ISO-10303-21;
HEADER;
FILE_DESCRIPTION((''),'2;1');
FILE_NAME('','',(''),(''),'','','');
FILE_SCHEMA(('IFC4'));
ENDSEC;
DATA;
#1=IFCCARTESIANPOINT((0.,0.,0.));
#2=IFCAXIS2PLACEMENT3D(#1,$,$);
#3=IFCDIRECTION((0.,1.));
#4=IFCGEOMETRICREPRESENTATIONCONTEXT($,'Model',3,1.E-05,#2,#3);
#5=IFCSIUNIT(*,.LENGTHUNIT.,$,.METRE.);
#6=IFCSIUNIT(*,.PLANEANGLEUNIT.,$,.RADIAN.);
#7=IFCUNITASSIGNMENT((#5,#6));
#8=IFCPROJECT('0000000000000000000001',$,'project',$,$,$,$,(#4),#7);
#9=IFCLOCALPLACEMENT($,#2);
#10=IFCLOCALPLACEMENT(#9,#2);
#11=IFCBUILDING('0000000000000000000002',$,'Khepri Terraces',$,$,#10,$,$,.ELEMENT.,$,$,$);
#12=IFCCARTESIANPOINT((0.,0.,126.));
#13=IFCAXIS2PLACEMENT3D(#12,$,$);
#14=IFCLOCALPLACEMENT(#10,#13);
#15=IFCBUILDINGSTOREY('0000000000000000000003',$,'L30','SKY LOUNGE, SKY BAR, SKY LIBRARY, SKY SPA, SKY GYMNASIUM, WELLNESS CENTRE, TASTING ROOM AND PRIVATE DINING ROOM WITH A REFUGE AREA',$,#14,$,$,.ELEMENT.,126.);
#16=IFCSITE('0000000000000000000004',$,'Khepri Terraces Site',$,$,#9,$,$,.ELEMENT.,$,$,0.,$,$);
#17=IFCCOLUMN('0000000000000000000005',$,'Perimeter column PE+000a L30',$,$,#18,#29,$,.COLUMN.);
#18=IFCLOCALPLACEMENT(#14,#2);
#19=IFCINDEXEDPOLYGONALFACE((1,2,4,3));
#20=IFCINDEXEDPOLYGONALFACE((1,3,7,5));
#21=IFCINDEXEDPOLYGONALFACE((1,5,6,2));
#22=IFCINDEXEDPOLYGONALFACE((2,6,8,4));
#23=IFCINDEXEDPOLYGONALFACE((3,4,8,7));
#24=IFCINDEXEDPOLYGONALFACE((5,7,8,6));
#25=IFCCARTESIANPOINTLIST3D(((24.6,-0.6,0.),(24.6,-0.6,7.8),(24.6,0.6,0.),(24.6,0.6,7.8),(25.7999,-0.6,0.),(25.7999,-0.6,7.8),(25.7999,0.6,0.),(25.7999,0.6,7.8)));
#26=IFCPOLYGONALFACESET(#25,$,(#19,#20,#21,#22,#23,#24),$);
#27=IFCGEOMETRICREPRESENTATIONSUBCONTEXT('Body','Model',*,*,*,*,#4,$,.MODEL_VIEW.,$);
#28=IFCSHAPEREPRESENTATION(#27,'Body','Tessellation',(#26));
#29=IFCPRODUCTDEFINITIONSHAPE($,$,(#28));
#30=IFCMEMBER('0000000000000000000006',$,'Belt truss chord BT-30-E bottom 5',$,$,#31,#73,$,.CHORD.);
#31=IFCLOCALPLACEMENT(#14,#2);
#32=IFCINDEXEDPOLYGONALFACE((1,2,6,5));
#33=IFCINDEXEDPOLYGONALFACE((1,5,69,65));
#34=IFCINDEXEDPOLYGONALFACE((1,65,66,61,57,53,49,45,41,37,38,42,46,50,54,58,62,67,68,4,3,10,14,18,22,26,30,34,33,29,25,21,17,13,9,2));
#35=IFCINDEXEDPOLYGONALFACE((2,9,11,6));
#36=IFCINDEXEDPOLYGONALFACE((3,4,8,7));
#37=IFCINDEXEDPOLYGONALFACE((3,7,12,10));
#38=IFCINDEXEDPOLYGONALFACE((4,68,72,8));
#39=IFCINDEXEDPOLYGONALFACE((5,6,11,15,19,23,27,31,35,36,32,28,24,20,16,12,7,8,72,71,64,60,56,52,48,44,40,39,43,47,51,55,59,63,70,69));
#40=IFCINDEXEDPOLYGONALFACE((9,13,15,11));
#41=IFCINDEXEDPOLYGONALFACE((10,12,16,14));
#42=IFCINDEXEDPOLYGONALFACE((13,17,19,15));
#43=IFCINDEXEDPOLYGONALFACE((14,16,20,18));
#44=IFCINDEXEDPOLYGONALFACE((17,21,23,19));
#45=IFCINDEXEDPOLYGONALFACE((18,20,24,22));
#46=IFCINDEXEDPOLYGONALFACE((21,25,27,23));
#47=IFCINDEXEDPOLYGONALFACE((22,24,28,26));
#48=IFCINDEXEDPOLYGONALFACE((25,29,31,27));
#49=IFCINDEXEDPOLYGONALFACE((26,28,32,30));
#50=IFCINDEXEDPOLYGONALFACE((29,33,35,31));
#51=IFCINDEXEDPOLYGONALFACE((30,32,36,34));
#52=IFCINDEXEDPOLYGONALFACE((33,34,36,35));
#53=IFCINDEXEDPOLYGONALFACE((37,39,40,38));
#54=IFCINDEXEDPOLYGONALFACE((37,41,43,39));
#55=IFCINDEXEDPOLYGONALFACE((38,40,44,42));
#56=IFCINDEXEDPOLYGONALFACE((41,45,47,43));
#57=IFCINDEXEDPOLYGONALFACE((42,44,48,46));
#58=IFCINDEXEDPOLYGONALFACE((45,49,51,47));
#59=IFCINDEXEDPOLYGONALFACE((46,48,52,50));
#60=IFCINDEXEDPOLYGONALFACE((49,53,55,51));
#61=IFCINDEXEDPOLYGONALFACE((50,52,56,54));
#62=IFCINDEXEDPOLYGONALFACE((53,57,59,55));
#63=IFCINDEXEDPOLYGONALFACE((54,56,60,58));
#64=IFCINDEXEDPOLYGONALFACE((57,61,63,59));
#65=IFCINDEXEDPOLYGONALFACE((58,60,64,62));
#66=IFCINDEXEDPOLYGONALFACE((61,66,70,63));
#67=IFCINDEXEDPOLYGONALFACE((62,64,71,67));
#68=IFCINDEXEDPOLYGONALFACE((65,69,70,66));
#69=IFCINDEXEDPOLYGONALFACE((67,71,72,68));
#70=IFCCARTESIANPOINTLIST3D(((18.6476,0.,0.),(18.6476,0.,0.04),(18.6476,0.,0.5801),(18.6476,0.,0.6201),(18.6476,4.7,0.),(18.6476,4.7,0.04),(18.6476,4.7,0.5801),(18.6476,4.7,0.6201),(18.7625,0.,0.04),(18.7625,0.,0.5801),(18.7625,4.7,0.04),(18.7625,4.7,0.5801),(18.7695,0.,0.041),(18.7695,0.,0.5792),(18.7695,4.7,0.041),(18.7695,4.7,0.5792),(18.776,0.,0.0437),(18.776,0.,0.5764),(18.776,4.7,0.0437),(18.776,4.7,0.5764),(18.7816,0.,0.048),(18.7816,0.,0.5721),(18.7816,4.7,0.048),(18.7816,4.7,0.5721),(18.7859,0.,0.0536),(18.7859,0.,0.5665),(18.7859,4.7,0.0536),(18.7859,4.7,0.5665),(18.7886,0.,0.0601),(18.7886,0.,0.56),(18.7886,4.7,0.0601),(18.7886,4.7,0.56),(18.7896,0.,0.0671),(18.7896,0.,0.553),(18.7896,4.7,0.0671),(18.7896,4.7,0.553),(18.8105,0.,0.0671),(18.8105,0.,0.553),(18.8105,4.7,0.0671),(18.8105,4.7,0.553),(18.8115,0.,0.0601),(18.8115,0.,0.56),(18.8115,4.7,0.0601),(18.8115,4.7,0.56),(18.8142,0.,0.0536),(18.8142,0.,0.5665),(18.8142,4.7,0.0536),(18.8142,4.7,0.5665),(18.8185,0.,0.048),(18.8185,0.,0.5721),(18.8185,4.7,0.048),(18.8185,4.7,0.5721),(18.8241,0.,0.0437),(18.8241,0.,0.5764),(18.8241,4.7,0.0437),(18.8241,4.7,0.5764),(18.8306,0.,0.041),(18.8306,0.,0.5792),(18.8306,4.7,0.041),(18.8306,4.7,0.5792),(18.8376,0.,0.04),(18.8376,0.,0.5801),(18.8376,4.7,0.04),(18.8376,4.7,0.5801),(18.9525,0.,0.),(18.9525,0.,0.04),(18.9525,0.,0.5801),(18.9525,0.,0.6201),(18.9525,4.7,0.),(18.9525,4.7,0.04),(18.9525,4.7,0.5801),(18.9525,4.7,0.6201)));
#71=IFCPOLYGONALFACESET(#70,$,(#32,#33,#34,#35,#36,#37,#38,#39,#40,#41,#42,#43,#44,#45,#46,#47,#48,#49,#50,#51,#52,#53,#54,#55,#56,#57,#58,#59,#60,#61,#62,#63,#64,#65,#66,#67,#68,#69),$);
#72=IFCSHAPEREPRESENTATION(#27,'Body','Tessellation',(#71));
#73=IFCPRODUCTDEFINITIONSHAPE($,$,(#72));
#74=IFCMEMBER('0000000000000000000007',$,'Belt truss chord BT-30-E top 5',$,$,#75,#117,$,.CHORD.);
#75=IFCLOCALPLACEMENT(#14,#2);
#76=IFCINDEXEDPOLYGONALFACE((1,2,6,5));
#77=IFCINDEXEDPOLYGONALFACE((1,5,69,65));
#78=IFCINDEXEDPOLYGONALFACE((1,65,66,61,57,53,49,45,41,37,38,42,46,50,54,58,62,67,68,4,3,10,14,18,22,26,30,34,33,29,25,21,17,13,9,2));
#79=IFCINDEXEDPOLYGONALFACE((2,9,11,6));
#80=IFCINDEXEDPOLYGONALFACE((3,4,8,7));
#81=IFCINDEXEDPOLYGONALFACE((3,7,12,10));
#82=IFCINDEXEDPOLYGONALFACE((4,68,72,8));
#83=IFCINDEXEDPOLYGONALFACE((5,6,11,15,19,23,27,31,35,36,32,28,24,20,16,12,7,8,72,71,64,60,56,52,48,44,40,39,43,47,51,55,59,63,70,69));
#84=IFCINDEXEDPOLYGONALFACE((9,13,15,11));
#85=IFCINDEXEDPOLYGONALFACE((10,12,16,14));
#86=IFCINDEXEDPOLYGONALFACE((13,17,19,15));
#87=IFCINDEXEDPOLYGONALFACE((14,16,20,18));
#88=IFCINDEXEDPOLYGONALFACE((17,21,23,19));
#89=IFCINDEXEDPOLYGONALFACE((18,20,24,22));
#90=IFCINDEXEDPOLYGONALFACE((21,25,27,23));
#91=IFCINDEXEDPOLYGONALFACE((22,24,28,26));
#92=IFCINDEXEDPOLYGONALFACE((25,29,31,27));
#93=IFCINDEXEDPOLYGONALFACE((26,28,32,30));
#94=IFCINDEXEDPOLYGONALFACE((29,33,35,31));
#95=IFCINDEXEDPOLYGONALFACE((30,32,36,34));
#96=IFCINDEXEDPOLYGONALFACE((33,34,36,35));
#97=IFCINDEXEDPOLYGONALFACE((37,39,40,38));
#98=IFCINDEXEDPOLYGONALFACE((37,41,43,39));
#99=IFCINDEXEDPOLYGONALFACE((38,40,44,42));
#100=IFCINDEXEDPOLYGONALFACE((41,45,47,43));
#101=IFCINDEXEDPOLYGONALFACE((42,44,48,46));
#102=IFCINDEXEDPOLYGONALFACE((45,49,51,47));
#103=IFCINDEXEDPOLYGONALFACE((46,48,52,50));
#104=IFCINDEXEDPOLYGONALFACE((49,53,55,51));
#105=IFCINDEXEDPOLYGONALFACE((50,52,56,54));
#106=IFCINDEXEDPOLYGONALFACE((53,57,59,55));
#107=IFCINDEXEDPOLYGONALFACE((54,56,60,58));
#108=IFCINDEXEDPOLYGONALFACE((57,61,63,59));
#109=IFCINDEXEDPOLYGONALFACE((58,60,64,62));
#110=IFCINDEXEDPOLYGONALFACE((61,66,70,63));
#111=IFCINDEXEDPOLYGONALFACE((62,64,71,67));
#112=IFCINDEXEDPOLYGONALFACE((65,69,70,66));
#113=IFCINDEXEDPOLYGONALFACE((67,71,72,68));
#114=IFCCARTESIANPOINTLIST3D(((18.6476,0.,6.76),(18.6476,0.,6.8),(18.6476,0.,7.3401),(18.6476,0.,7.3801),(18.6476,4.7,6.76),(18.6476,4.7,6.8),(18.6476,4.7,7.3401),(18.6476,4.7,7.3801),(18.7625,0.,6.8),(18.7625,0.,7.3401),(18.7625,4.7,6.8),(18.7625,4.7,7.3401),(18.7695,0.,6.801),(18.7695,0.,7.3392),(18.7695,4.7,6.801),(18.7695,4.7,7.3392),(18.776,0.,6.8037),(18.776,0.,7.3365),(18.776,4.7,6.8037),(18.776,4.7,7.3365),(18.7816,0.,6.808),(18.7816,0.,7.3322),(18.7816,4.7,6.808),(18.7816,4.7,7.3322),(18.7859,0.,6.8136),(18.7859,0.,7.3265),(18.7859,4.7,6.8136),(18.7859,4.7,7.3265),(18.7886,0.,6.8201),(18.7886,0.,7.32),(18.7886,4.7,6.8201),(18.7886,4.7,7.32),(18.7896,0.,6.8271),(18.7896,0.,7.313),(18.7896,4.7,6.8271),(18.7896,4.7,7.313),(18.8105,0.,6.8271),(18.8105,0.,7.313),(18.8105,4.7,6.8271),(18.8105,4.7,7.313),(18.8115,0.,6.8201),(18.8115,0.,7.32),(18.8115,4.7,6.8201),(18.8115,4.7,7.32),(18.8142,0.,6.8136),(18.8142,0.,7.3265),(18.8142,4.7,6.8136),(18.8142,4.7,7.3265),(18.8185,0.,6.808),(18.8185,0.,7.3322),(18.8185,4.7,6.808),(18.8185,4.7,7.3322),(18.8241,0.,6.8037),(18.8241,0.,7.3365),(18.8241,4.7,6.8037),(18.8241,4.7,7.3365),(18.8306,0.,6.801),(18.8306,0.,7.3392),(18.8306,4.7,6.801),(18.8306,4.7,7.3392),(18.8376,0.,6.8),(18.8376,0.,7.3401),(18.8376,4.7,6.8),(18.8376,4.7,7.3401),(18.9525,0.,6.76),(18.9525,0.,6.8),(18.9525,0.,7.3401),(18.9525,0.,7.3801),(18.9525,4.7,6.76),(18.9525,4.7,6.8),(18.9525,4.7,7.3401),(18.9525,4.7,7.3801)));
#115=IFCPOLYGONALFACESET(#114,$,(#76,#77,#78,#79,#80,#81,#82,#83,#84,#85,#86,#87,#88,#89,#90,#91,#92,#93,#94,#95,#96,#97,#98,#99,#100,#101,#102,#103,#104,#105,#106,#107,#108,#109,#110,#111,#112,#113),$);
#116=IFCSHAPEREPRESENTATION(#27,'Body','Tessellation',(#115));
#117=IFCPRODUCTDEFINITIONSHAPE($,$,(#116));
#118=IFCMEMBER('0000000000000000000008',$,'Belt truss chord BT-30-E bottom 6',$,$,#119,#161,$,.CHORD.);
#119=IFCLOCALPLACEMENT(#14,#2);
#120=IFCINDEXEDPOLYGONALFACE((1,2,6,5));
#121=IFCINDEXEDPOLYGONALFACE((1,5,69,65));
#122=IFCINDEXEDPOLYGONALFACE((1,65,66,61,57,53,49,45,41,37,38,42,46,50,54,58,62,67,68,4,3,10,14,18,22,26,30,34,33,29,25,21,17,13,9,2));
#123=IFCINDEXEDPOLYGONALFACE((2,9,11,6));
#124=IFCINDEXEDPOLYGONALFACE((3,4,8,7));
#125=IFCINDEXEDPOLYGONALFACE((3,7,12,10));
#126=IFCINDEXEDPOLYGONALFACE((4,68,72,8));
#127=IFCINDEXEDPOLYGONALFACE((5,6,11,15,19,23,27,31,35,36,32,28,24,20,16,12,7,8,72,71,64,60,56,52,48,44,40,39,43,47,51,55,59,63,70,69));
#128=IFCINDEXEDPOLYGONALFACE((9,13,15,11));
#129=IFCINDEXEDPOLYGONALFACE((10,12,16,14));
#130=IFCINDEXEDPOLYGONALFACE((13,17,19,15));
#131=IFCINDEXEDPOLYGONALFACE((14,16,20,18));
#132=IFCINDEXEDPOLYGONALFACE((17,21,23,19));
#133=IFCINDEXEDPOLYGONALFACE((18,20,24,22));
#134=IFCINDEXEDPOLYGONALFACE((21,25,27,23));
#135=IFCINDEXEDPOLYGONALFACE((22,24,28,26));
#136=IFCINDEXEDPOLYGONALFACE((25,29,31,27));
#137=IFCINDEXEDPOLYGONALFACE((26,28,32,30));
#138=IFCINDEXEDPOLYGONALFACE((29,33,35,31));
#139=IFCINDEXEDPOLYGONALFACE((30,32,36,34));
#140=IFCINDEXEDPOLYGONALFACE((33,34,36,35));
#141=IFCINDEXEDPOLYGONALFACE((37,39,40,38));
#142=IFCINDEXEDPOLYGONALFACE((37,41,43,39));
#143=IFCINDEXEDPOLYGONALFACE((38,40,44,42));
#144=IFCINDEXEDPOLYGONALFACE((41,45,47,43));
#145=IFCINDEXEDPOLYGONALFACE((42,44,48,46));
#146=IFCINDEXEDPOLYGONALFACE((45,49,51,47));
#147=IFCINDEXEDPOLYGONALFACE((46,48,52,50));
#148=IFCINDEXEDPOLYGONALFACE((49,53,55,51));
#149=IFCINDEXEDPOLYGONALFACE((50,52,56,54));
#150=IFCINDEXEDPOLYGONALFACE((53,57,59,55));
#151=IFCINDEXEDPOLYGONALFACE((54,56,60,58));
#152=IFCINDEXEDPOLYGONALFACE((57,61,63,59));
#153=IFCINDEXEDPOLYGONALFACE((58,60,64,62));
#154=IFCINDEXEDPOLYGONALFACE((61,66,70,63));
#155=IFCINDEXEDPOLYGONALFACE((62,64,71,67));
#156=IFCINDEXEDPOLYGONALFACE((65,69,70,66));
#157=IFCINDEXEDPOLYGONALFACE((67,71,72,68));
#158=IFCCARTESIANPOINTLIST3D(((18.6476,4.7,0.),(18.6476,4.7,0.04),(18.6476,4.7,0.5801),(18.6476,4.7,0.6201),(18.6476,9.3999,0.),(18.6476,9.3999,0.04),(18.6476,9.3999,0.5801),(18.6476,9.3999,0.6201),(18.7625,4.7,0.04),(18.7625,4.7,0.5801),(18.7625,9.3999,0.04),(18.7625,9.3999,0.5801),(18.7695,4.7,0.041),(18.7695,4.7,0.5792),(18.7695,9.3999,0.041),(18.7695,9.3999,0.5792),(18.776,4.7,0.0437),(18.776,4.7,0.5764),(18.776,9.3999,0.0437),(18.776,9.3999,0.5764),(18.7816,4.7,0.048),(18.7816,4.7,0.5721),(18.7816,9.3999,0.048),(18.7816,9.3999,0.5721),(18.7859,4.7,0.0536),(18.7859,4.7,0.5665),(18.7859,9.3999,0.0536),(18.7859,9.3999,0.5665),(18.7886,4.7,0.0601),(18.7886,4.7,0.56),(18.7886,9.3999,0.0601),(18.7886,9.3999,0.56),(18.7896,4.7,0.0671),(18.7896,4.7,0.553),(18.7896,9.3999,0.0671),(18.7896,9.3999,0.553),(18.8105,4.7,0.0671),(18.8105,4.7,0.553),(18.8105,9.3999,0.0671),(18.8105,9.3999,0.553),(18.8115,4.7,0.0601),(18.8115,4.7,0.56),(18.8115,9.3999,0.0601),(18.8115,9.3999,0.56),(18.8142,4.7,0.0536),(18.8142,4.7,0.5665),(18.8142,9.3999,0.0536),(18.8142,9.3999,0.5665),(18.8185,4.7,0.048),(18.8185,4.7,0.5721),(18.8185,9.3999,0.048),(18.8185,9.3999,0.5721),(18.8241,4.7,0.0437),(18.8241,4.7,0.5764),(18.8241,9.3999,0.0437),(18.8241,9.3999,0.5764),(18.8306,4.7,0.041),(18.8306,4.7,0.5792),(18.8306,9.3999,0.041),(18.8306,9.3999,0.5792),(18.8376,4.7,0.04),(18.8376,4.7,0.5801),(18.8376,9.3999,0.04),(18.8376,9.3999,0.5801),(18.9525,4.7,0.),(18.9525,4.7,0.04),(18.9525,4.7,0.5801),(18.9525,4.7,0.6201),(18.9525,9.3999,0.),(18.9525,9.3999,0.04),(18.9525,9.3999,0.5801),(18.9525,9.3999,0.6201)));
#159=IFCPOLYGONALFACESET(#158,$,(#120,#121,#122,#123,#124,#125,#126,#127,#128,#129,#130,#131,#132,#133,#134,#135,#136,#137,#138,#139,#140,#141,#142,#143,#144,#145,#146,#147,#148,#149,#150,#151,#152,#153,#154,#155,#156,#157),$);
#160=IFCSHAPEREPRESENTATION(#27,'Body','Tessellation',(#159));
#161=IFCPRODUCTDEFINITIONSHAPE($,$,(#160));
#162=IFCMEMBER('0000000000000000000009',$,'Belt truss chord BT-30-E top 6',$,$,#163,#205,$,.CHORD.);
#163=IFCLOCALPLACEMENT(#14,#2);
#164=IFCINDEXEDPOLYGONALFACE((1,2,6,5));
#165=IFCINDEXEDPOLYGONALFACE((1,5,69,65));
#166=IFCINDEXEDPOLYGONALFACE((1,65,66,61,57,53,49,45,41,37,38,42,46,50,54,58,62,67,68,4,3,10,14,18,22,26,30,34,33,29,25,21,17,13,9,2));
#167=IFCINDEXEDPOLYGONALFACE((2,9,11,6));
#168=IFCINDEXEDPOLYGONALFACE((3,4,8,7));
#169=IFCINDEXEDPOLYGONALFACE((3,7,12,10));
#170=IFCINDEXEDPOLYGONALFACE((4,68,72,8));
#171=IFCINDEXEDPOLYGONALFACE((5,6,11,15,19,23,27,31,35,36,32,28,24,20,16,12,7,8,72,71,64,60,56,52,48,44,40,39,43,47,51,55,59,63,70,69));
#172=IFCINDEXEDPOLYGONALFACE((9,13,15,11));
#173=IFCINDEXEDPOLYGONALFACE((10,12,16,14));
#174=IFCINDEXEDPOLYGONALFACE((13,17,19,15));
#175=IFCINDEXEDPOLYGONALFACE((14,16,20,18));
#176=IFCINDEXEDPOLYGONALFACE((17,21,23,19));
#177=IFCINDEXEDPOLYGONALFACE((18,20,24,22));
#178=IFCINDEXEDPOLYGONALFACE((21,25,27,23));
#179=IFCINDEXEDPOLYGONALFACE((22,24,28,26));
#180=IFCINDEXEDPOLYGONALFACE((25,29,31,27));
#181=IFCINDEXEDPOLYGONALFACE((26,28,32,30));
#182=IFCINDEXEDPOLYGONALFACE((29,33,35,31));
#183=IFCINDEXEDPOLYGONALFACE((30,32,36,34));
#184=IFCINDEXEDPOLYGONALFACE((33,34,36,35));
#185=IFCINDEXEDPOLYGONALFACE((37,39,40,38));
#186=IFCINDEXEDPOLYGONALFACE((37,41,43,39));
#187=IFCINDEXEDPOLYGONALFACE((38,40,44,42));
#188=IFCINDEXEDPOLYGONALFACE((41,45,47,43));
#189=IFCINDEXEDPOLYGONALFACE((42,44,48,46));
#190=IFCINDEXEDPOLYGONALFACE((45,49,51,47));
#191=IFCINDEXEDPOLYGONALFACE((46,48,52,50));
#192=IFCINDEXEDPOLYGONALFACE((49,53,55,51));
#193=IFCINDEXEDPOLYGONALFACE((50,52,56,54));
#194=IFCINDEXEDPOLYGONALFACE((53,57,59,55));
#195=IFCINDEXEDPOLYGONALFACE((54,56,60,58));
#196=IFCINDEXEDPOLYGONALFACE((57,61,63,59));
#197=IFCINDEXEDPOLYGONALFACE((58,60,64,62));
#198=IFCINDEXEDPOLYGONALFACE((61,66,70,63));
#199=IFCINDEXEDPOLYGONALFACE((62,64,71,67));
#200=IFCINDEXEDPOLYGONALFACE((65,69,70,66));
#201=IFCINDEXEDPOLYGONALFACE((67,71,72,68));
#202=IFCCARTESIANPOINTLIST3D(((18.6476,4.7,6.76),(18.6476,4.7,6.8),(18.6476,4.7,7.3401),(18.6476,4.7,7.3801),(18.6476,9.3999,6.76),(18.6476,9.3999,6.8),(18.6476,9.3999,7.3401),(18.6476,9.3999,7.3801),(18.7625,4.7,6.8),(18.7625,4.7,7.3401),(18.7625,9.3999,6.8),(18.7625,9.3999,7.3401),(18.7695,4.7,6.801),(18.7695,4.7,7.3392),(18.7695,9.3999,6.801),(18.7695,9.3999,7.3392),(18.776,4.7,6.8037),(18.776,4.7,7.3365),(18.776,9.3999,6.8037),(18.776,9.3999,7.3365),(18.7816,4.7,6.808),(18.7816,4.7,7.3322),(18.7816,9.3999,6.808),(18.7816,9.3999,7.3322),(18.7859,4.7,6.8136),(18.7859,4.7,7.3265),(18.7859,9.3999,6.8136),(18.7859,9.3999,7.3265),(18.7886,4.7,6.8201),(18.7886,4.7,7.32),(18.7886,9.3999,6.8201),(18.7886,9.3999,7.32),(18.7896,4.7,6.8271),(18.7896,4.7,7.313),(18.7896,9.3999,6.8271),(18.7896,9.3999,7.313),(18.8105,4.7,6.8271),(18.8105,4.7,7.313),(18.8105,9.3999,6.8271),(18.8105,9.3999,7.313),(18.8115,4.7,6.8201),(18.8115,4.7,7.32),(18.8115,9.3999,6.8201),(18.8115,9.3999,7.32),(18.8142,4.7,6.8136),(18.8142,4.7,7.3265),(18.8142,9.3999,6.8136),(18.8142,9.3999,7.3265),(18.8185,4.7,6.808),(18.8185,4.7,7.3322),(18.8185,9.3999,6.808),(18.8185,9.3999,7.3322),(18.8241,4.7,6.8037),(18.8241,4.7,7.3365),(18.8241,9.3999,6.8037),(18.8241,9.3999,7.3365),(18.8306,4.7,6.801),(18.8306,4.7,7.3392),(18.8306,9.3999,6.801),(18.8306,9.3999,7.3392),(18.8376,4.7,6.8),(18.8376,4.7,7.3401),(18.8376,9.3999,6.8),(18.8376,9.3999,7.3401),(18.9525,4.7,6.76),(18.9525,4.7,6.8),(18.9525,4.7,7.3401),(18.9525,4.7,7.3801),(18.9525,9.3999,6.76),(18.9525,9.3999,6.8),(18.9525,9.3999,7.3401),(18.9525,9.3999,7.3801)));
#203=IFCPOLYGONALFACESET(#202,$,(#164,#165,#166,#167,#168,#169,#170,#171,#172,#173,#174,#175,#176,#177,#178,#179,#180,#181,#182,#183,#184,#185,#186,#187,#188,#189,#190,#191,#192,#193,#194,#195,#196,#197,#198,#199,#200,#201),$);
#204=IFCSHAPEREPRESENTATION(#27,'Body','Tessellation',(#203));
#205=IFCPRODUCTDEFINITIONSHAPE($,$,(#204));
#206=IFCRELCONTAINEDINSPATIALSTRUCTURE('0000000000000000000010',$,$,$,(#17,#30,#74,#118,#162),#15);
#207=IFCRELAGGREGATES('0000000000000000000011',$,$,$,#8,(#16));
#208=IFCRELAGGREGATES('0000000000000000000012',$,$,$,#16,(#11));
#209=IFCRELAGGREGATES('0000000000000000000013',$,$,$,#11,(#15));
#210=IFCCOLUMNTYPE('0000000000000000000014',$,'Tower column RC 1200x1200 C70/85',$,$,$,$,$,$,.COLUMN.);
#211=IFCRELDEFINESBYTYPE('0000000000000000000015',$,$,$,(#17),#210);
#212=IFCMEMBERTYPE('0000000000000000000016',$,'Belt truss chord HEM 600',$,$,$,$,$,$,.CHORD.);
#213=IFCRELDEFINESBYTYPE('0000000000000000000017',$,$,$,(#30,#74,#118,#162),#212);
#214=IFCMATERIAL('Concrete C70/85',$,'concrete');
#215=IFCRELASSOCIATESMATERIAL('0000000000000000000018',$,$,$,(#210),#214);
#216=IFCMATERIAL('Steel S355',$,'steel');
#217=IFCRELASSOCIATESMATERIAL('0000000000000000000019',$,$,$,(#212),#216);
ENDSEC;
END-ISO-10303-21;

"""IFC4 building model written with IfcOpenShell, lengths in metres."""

from ifc_helpers import new_model, si_unit, direction, frame, origin, origin_2d, place, context, subcontext, project, spatial, rectangle, i_section, extrude, material, material_profile, profile_set, type_object, element, save


model = new_model("IFC4")

# Units and contexts
model_context = context("Model", 3, precision=1e-05, world=origin(), true_north=direction((0.0, 1.0)))
body_context = subcontext(model_context, "Body", "Model", "MODEL_VIEW")
ifc_project = project(units=[si_unit("LENGTHUNIT", "METRE"), si_unit("PLANEANGLEUNIT", "RADIAN")], contexts=[model_context])

# Site, building, storey
site_placement = place(None, origin())
site = spatial("IfcSite", under=ifc_project, at=site_placement, Name="Khepri Terraces Site", CompositionType="ELEMENT", RefElevation=0.0)
building_placement = place(site_placement, origin())
building = spatial("IfcBuilding", under=site, at=building_placement, Name="Khepri Terraces", CompositionType="ELEMENT")
storey_placement = place(building_placement, frame((0.0, 0.0, 126.0)))
storey = spatial("IfcBuildingStorey", under=building, at=storey_placement, Name="L30", Description="SKY LOUNGE, SKY BAR, SKY LIBRARY, SKY SPA, SKY GYMNASIUM, WELLNESS CENTRE, TASTING ROOM AND PRIVATE DINING ROOM WITH A REFUGE AREA", CompositionType="ELEMENT", Elevation=126.0)

# Column
ifc_material_1 = material(Name="Concrete C70/85", Category="concrete")
ifc_material_profile_1 = material_profile(ifc_material_1, rectangle(XDim=1.2, YDim=1.2, at=origin_2d()), Name="Concrete C70/85", Category="concrete")
ifc_profile_set_1 = profile_set([ifc_material_profile_1], Name="Concrete C70/85")
column_type = type_object("IfcColumnType", Name="Tower column RC 1200x1200 C70/85", PredefinedType="COLUMN", material=ifc_profile_set_1)
column_placement = place(storey_placement, frame((25.2, 0.0, 0.0), z_axis=(0.0, 0.0, 1.0), x_axis=(1.0, 0.0, 0.0)))
element("IfcColumn", 1, at=column_placement, inside=storey, type_object=column_type, Name="Perimeter column PE+000a L30", PredefinedType="COLUMN", context=body_context, shape_type="SweptSolid", body=[
    extrude(rectangle(XDim=1.2, YDim=1.2, at=origin_2d()), origin(), (0.0, 0.0, 1.0), 7.8),
])

# Members
ifc_material_2 = material(Name="Steel S355", Category="steel")
ifc_material_profile_2 = material_profile(ifc_material_2, i_section(OverallWidth=0.3049, OverallDepth=0.6201, WebThickness=0.021, FlangeThickness=0.04, FilletRadius=0.0271, at=origin_2d()), Name="Steel S355", Category="steel")
ifc_profile_set_2 = profile_set([ifc_material_profile_2], Name="Steel S355")
member_type_1 = type_object("IfcMemberType", Name="Belt truss chord HEM 600", PredefinedType="CHORD", material=ifc_profile_set_2)
for number, where, z_axis, x_axis, name in (
    (2, (18.8, 0.0, 0.3101), (0.0, 1.0, 0.0), (-1.0, 0.0, 0.0), "Belt truss chord BT-30-E bottom 5"),
    (3, (18.8, 0.0, 7.0701), (0.0, 1.0, 0.0), (-1.0, 0.0, 0.0), "Belt truss chord BT-30-E top 5"),
    (4, (18.8, 4.7, 0.3101), (0.0, 1.0, 0.0), (-1.0, 0.0, 0.0), "Belt truss chord BT-30-E bottom 6"),
    (5, (18.8, 4.7, 7.0701), (0.0, 1.0, 0.0), (-1.0, 0.0, 0.0), "Belt truss chord BT-30-E top 6"),
):
    element("IfcMember", number, at=place(storey_placement, frame(where, z_axis=z_axis, x_axis=x_axis)), inside=storey, type_object=member_type_1, Name=name, PredefinedType="CHORD", context=body_context, shape_type="SweptSolid", body=[
        extrude(i_section(OverallWidth=0.3049, OverallDepth=0.6201, WebThickness=0.021, FlangeThickness=0.04, FilletRadius=0.0271, at=origin_2d()), origin(), (0.0, 0.0, 1.0), 4.7),
    ])

save(model, "model.ifc")
